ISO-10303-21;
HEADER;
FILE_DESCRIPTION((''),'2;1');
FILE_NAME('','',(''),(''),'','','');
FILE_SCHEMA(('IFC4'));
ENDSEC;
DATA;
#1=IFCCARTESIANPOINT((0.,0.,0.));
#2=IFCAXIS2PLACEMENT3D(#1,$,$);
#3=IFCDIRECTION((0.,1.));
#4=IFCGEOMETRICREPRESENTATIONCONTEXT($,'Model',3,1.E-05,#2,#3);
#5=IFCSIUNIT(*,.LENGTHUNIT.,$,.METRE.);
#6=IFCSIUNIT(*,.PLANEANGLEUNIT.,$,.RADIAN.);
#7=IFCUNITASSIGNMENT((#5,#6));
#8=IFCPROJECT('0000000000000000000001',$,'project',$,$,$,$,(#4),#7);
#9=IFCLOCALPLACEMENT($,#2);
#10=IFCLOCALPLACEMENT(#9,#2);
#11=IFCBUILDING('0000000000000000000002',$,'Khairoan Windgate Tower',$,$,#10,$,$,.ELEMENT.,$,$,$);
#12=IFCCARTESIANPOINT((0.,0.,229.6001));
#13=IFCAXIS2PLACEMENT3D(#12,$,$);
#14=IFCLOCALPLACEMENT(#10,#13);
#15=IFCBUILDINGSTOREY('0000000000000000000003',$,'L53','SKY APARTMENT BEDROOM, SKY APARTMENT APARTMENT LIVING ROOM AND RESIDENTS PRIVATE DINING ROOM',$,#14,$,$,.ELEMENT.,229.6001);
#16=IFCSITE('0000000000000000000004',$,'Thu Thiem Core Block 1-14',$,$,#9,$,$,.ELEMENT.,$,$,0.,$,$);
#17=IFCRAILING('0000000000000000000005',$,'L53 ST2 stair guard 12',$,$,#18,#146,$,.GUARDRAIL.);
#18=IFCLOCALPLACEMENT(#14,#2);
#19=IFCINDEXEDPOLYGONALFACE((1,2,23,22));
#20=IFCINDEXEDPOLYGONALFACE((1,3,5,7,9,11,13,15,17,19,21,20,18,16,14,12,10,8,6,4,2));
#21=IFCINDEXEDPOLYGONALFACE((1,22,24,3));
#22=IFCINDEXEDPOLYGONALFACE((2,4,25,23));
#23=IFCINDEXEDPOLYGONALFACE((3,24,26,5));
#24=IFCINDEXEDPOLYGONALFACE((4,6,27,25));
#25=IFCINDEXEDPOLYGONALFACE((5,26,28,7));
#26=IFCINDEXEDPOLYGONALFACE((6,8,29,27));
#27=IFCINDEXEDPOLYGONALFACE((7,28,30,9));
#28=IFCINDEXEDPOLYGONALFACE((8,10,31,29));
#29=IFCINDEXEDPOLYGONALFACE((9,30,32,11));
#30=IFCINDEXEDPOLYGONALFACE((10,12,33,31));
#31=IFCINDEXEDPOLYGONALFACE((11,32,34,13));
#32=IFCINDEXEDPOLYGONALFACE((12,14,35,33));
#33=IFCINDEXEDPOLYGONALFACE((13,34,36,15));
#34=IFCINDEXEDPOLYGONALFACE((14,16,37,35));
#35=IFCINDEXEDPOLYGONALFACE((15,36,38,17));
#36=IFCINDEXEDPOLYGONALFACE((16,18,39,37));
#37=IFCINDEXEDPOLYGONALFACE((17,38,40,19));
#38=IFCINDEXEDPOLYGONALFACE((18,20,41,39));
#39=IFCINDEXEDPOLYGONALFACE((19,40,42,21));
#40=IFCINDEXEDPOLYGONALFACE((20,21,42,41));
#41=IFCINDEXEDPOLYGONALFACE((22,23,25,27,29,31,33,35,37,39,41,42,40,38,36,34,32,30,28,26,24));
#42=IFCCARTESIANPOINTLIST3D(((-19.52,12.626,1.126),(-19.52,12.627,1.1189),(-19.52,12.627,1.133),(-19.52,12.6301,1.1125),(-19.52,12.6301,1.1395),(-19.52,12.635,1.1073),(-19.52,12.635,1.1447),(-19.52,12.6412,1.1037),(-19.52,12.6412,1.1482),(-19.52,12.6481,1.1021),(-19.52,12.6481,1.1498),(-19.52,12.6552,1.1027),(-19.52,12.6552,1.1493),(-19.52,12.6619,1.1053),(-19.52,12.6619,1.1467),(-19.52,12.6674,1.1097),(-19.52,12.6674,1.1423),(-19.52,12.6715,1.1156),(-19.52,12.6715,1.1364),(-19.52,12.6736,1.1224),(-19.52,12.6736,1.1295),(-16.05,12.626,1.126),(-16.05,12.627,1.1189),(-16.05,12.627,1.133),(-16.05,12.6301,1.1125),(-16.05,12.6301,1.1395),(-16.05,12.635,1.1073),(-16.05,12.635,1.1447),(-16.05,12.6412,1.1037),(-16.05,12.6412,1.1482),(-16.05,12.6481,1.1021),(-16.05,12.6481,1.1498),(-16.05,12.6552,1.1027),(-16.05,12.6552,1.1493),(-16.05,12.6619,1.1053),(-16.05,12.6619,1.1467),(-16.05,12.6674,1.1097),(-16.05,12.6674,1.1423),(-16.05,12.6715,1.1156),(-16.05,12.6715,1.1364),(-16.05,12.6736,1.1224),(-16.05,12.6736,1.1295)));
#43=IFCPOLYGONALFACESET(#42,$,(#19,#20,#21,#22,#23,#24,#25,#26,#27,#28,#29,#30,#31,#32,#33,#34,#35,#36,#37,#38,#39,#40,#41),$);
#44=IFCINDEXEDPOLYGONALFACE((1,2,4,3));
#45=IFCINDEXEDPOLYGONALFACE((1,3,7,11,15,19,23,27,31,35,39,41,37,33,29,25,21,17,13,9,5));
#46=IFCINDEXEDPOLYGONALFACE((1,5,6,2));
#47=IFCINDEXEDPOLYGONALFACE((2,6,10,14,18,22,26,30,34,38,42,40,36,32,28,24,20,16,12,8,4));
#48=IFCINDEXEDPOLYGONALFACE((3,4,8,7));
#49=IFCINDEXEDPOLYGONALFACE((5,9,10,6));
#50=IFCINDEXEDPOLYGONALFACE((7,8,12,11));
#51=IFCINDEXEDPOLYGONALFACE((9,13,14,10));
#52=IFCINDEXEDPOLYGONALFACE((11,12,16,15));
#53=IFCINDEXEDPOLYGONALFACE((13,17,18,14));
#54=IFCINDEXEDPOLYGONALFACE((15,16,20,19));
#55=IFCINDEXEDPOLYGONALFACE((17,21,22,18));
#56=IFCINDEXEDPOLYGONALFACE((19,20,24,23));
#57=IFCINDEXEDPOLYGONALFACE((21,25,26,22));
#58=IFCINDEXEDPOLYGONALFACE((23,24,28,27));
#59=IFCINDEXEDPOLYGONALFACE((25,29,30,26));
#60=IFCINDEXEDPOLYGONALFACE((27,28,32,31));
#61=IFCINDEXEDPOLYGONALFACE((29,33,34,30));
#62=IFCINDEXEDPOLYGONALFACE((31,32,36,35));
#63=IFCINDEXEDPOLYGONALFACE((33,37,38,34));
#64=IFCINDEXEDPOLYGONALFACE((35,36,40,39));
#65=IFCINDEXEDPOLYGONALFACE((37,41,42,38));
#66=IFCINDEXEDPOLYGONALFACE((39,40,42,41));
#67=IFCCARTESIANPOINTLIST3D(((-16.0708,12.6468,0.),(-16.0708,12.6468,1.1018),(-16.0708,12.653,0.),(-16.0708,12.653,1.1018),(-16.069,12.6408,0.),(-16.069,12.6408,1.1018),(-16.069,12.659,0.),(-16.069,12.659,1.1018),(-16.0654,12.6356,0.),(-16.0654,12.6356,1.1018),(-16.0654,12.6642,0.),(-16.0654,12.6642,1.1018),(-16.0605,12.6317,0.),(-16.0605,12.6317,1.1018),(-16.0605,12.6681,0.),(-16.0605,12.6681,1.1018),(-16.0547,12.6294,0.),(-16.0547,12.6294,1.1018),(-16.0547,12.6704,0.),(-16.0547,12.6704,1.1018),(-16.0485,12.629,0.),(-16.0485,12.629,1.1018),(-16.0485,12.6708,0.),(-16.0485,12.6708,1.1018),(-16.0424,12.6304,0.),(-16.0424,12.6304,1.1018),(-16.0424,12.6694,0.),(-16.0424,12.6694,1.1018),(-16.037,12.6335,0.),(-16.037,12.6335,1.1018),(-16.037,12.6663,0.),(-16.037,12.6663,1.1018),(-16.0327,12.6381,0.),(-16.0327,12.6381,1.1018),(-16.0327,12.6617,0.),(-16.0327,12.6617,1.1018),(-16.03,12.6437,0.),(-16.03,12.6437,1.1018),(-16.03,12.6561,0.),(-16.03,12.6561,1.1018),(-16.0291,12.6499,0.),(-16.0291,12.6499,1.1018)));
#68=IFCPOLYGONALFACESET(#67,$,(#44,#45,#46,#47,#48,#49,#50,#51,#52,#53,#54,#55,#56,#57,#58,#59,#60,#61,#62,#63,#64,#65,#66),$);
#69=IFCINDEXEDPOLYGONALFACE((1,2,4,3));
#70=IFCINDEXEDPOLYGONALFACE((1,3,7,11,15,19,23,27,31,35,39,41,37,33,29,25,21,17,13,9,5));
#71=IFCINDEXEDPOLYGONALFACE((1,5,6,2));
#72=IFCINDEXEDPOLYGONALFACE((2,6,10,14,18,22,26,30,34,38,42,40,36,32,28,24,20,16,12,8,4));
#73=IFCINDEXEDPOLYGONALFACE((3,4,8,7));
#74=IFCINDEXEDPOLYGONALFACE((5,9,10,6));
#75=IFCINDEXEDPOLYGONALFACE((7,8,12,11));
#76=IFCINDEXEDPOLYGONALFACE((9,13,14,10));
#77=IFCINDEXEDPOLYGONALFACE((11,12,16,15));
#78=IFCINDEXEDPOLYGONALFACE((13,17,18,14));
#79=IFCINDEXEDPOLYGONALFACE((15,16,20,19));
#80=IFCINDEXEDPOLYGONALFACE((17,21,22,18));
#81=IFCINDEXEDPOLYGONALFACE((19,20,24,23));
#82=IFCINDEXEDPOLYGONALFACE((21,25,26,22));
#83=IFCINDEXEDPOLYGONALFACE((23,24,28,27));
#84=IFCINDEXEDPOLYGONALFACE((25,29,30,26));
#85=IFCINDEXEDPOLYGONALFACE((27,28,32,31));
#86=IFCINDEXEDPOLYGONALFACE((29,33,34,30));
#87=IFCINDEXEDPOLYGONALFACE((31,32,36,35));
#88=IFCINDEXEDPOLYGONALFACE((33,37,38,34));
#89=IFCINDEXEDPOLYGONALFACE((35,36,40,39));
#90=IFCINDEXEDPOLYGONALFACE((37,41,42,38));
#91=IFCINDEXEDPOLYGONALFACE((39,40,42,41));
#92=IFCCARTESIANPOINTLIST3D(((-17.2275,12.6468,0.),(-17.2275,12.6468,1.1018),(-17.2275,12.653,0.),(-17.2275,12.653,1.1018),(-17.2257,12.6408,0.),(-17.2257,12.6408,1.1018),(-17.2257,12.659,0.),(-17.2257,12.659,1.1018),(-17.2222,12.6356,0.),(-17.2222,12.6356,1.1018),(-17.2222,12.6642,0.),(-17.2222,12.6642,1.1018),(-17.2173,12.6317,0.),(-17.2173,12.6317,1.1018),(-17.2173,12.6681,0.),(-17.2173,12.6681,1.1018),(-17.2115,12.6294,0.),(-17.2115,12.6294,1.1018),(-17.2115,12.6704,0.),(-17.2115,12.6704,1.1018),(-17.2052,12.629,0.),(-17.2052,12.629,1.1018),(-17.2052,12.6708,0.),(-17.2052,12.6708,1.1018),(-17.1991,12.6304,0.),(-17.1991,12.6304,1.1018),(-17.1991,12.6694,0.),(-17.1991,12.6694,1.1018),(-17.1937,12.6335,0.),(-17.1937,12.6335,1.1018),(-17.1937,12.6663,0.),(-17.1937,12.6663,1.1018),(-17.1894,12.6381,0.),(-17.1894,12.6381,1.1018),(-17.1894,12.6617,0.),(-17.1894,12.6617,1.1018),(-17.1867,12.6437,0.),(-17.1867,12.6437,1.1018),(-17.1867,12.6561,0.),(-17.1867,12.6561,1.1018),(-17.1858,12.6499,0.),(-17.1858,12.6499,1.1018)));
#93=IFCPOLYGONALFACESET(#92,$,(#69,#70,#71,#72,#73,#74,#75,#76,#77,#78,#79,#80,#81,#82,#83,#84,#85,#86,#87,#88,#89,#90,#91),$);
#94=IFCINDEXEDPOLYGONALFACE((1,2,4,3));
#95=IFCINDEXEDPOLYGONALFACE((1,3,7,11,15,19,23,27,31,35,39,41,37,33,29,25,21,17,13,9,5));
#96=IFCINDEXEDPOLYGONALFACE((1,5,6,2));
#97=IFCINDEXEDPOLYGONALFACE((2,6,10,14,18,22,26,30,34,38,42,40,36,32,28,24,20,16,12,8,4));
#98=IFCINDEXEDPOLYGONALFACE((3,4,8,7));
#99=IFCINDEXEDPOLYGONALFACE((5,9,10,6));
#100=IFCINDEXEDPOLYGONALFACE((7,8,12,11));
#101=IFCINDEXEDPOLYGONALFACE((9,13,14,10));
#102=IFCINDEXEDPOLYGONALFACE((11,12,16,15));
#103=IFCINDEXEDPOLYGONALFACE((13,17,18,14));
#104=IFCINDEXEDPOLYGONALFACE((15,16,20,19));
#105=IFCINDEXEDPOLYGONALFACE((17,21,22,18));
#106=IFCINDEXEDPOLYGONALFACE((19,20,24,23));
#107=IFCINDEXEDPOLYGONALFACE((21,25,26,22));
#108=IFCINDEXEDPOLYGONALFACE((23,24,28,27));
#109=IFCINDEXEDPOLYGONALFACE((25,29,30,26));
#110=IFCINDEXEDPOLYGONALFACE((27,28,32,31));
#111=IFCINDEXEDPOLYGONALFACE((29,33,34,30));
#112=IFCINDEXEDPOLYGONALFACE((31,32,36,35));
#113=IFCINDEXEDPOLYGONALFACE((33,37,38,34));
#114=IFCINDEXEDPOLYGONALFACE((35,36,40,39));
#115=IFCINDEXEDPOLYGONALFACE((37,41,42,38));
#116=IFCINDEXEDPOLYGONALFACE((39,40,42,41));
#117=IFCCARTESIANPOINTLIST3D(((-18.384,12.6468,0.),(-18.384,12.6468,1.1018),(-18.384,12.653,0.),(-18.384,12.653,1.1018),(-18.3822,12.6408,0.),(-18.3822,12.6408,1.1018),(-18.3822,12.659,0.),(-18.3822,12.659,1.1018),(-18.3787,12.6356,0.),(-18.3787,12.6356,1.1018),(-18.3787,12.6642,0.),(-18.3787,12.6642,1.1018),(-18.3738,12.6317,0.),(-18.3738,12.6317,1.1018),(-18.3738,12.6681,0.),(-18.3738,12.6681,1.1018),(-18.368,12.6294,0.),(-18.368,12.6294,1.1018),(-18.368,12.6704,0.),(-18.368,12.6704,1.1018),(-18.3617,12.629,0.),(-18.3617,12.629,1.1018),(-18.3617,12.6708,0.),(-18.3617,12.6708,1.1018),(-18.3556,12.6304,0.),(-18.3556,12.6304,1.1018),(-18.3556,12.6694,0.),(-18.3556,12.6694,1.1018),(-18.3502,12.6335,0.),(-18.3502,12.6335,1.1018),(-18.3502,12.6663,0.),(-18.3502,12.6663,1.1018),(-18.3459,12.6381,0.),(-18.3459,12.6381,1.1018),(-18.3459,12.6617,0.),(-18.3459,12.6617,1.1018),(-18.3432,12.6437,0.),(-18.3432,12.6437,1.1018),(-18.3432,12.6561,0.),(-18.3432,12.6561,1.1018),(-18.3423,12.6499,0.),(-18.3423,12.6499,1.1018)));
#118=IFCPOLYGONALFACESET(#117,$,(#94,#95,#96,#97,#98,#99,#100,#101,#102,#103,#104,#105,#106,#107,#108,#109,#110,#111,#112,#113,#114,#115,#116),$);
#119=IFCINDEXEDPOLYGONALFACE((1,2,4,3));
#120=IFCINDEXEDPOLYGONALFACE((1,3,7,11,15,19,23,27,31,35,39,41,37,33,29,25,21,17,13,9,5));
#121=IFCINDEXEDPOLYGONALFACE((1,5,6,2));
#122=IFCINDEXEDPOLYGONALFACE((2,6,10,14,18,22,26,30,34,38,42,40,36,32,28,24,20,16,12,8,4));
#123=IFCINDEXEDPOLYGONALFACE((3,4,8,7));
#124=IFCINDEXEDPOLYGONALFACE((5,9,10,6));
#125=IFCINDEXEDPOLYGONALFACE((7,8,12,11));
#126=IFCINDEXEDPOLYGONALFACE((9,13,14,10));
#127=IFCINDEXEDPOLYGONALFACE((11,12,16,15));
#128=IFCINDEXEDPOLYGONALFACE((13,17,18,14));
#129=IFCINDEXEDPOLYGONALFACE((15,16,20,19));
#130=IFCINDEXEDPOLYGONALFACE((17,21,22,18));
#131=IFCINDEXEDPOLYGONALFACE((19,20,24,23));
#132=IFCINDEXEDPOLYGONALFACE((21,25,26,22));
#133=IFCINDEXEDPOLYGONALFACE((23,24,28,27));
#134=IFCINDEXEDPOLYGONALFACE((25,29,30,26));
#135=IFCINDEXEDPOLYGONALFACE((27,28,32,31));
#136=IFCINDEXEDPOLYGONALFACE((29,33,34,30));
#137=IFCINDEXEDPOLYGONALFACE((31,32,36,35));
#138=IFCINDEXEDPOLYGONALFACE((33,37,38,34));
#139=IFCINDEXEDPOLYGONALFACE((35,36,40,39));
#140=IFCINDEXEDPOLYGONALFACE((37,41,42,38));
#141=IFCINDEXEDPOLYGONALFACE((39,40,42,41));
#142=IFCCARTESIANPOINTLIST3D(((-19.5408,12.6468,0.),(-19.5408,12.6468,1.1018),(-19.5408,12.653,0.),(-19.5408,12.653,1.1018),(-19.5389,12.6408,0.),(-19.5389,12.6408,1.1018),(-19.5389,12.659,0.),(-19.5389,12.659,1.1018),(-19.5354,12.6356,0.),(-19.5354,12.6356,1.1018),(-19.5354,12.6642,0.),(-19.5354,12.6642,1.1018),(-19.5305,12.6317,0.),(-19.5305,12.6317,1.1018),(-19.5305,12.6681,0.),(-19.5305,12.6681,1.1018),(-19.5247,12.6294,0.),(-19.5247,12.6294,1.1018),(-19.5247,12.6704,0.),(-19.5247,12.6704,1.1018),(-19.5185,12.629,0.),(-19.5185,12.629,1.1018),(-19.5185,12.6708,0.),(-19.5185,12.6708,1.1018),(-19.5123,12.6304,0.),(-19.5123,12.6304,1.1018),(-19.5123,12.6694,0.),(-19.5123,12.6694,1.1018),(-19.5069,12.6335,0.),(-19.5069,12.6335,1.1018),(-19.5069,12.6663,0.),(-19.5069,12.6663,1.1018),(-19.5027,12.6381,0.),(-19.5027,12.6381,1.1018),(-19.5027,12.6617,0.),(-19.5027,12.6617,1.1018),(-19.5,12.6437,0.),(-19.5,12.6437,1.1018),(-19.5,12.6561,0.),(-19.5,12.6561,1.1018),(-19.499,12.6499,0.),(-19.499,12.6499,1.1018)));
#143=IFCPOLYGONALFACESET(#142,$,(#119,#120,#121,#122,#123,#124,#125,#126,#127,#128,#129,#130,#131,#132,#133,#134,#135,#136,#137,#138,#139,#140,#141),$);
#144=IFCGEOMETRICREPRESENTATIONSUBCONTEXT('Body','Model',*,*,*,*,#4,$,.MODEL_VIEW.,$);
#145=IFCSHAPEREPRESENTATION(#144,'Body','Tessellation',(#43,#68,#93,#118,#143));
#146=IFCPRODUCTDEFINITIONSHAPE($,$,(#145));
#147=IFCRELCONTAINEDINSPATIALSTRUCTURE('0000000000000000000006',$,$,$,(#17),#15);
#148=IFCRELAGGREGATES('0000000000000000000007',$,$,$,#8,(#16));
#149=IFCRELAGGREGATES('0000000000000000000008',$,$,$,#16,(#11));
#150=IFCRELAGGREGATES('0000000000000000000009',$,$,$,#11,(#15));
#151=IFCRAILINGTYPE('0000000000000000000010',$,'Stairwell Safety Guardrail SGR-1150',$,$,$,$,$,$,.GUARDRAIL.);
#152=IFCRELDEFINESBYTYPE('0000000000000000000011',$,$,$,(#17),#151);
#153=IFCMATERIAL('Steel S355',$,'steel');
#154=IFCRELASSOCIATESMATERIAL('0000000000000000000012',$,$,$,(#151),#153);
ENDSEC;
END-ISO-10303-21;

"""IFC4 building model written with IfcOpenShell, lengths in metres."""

from ifc_helpers import new_model, si_unit, direction, frame, origin, origin_2d, place, context, subcontext, project, spatial, circle, extrude, material, type_object, element, save


model = new_model("IFC4")

# Units and contexts
model_context = context("Model", 3, precision=1e-05, world=origin(), true_north=direction((0.0, 1.0)))
body_context = subcontext(model_context, "Body", "Model", "MODEL_VIEW")
ifc_project = project(units=[si_unit("LENGTHUNIT", "METRE"), si_unit("PLANEANGLEUNIT", "RADIAN")], contexts=[model_context])

# Site, building, storey
site_placement = place(None, origin())
site = spatial("IfcSite", under=ifc_project, at=site_placement, Name="Thu Thiem Core Block 1-14", CompositionType="ELEMENT", RefElevation=0.0)
building_placement = place(site_placement, origin())
building = spatial("IfcBuilding", under=site, at=building_placement, Name="Khairoan Windgate Tower", CompositionType="ELEMENT")
storey_placement = place(building_placement, frame((0.0, 0.0, 229.6001)))
storey = spatial("IfcBuildingStorey", under=building, at=storey_placement, Name="L53", Description="SKY APARTMENT BEDROOM, SKY APARTMENT APARTMENT LIVING ROOM AND RESIDENTS PRIVATE DINING ROOM", CompositionType="ELEMENT", Elevation=229.6001)

# Railing
ifc_material_1 = material(Name="Steel S355", Category="steel")
railing_type = type_object("IfcRailingType", Name="Stairwell Safety Guardrail SGR-1150", PredefinedType="GUARDRAIL", material=ifc_material_1)
railing_1_placement = place(storey_placement, frame((-16.05, 12.6499, 0.0)))
element("IfcRailing", 1, at=railing_1_placement, inside=storey, type_object=railing_type, Name="L53 ST2 stair guard 12", PredefinedType="GUARDRAIL", context=body_context, shape_type="SweptSolid", body=[
    extrude(circle(Radius=0.0239, at=origin_2d()), frame((0.0, 0.0, 1.126), z_axis=(-1.0, 0.0, 0.0), x_axis=(0.0, -1.0, 0.0)), (0.0, 0.0, 1.0), 3.47),
    extrude(circle(Radius=0.021, at=origin_2d()), origin(), (0.0, 0.0, 1.0), 1.1018),
    extrude(circle(Radius=0.021, at=origin_2d()), frame((-1.1567, 0.0, 0.0)), (0.0, 0.0, 1.0), 1.1018),
    extrude(circle(Radius=0.021, at=origin_2d()), frame((-2.3132, 0.0, 0.0)), (0.0, 0.0, 1.0), 1.1018),
    extrude(circle(Radius=0.021, at=origin_2d()), frame((-3.47, 0.0, 0.0)), (0.0, 0.0, 1.0), 1.1018),
])

save(model, "model.ifc")
